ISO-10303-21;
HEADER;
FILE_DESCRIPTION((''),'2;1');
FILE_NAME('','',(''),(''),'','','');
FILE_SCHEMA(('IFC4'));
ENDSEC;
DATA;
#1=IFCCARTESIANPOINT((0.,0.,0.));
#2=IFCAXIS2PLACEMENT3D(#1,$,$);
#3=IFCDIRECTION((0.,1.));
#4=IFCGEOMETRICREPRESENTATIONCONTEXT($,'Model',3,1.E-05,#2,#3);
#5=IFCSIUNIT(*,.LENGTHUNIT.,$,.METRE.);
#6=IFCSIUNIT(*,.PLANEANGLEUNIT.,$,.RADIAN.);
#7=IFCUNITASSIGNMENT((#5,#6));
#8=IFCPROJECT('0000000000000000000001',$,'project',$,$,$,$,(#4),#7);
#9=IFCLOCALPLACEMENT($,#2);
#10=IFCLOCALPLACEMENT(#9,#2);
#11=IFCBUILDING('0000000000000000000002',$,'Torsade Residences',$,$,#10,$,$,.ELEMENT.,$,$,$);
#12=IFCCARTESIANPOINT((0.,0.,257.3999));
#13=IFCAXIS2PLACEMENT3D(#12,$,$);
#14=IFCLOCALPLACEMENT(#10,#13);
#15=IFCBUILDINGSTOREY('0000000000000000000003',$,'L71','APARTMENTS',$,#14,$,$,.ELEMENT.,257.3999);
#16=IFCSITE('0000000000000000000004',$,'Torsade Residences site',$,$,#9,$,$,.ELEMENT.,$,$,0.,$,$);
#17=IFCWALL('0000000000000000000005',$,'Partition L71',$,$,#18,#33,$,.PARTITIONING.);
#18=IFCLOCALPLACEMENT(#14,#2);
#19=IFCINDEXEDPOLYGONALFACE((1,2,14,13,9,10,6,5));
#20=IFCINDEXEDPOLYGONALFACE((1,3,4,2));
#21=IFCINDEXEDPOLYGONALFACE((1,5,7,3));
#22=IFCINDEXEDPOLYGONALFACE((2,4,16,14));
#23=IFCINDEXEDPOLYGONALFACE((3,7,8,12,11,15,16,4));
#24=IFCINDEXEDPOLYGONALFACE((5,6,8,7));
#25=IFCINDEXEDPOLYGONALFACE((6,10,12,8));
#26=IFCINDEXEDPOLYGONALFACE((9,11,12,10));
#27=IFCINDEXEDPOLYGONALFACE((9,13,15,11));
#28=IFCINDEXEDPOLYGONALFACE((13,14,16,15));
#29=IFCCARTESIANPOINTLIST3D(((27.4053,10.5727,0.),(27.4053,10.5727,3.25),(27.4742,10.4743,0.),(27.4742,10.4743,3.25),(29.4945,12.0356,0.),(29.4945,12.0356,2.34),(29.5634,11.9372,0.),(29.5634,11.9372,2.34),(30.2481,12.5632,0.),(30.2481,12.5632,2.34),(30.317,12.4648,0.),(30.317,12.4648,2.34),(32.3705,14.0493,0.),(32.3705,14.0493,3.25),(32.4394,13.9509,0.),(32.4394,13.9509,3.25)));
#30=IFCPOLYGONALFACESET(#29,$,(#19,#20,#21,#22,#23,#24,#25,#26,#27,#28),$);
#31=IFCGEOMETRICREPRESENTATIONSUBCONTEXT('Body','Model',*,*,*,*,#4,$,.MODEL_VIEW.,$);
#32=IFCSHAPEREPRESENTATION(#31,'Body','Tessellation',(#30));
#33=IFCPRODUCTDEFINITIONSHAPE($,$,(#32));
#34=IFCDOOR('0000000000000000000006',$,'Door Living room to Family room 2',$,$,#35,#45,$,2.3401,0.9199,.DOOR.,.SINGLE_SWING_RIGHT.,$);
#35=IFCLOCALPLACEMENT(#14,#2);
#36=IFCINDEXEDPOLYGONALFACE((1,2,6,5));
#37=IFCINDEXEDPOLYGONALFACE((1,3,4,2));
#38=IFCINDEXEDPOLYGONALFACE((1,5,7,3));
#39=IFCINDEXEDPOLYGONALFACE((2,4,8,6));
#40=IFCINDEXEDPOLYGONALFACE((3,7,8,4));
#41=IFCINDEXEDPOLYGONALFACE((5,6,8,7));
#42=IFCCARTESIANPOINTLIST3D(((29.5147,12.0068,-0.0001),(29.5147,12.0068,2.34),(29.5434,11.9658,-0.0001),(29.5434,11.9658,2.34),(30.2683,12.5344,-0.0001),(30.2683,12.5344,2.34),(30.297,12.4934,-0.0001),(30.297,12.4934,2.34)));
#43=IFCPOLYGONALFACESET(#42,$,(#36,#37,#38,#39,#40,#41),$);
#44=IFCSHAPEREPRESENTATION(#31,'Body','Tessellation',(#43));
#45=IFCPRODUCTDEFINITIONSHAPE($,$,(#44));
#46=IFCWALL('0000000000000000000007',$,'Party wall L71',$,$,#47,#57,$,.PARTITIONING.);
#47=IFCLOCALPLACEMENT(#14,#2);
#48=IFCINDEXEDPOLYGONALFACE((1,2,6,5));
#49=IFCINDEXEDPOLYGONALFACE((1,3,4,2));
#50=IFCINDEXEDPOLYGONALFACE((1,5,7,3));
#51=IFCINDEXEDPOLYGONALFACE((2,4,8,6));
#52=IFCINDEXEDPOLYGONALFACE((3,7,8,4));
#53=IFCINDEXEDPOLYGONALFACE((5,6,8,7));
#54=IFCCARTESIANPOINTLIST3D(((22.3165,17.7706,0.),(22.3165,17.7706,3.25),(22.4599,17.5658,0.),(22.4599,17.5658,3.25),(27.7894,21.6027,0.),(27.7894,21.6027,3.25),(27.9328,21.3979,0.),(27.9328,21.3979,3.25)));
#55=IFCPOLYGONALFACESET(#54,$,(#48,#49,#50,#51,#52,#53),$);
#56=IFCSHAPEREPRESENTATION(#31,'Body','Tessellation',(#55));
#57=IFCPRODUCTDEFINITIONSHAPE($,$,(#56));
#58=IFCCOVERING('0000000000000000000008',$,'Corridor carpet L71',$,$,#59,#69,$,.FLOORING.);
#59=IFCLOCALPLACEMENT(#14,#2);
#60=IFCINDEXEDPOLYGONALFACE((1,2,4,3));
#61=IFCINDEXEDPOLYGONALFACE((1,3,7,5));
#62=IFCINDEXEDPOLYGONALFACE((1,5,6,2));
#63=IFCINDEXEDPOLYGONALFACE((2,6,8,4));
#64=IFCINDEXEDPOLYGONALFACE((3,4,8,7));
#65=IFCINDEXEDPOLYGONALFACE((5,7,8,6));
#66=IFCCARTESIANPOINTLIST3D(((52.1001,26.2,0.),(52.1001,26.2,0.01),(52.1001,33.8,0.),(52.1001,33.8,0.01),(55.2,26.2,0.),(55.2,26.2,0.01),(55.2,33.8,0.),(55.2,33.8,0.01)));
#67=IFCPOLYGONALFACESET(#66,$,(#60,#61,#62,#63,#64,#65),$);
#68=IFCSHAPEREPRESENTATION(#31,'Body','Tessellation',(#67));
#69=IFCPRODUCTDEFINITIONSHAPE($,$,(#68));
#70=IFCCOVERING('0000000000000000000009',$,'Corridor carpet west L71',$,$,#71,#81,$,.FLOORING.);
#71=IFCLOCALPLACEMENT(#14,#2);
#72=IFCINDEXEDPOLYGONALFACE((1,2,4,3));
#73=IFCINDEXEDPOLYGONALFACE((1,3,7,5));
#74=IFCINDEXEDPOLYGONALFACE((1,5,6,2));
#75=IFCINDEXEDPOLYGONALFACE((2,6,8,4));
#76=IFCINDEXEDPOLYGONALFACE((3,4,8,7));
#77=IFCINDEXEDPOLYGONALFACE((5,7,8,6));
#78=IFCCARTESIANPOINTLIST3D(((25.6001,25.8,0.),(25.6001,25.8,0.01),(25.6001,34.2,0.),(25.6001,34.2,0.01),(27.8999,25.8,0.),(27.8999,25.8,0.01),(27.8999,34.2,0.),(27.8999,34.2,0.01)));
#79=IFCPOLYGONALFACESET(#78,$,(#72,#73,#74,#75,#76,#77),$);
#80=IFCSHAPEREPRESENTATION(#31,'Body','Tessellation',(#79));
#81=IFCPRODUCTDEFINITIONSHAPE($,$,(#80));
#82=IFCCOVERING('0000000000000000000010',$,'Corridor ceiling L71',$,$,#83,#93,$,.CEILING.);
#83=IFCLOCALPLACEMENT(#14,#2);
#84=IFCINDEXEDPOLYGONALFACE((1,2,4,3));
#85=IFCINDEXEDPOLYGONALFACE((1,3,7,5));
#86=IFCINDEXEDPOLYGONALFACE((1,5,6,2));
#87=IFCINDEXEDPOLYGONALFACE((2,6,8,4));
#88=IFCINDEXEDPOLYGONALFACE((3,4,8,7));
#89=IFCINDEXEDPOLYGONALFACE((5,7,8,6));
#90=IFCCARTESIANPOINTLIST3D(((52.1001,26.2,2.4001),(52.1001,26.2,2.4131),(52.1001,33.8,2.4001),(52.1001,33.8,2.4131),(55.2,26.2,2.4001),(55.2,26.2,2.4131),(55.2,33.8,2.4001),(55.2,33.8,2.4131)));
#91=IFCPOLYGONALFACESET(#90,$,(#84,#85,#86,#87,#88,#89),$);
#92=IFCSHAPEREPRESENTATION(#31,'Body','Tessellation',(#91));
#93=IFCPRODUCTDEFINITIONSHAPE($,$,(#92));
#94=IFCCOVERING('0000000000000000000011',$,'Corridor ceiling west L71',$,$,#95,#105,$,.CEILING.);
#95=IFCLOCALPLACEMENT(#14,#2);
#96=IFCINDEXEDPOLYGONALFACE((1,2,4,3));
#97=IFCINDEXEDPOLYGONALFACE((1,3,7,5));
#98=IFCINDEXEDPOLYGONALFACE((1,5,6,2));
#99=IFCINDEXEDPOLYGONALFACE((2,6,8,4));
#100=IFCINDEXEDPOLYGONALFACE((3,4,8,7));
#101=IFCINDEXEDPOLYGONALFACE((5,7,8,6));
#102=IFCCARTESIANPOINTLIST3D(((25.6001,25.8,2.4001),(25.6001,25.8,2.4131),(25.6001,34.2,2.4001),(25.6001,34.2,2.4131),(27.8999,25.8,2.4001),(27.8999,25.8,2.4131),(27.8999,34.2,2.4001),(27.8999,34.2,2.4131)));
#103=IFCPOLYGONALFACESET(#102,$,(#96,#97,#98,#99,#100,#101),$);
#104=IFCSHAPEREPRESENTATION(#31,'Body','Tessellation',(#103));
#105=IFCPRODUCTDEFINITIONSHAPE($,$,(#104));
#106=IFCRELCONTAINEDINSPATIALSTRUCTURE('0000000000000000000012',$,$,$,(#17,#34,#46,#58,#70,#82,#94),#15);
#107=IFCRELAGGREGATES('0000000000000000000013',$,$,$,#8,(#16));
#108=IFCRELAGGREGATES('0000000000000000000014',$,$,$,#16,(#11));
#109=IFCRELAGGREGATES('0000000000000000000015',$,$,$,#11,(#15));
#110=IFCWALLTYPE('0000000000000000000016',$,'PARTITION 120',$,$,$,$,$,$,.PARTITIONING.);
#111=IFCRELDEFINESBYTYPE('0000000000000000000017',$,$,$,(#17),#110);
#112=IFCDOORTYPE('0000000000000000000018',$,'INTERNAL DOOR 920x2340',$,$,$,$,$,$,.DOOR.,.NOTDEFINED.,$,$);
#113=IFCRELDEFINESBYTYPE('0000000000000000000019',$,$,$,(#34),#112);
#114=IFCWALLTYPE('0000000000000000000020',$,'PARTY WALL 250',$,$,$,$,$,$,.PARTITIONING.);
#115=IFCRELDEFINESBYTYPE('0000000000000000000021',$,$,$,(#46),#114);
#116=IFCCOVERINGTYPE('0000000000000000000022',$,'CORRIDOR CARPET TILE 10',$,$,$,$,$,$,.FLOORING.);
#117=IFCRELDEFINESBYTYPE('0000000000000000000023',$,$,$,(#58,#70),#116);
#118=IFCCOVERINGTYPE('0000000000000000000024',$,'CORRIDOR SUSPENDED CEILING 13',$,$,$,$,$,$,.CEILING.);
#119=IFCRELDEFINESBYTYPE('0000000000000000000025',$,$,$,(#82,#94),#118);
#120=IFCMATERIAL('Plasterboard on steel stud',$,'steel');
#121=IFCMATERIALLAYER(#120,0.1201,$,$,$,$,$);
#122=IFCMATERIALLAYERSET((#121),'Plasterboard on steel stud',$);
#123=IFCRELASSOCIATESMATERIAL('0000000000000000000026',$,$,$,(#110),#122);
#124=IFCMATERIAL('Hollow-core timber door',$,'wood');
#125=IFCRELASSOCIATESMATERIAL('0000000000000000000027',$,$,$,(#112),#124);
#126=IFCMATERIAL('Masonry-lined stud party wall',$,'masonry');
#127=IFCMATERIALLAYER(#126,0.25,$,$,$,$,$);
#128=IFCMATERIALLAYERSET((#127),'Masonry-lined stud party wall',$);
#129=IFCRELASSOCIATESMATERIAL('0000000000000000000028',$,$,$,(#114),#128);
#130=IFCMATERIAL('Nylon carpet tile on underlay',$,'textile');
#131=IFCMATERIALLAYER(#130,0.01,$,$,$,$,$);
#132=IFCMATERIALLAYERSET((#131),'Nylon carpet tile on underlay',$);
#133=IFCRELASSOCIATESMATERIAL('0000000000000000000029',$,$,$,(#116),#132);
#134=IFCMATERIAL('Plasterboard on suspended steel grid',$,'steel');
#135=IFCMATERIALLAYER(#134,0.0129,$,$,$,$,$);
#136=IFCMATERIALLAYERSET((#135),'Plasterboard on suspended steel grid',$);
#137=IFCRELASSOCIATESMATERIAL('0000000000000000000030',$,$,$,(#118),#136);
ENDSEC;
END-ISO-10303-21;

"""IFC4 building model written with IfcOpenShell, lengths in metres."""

from ifc_helpers import new_model, si_unit, direction, frame, frame_2d, origin, place, context, subcontext, project, spatial, polyline, rectangle, outline, extrude, material, layer, layer_set, type_object, element, fill, save


model = new_model("IFC4")

# Units and contexts
model_context = context("Model", 3, precision=1e-05, world=origin(), true_north=direction((0.0, 1.0)))
body_context = subcontext(model_context, "Body", "Model", "MODEL_VIEW")
ifc_project = project(units=[si_unit("LENGTHUNIT", "METRE"), si_unit("PLANEANGLEUNIT", "RADIAN")], contexts=[model_context])

# Site, building, storey
site_placement = place(None, origin())
site = spatial("IfcSite", under=ifc_project, at=site_placement, Name="Torsade Residences site", CompositionType="ELEMENT", RefElevation=0.0)
building_placement = place(site_placement, origin())
building = spatial("IfcBuilding", under=site, at=building_placement, Name="Torsade Residences", CompositionType="ELEMENT")
storey_placement = place(building_placement, frame((0.0, 0.0, 257.3999)))
storey = spatial("IfcBuildingStorey", under=building, at=storey_placement, Name="L71", Description="APARTMENTS", CompositionType="ELEMENT", Elevation=257.3999)

# Shared definitions
ifc_material_1 = material(Name="Plasterboard on steel stud", Category="steel")
ifc_layer_1 = layer(ifc_material_1, 0.1201)
ifc_layer_set_1 = layer_set([ifc_layer_1], Name="Plasterboard on steel stud")
wall_type_1 = type_object("IfcWallType", Name="PARTITION 120", PredefinedType="PARTITIONING", material=ifc_layer_set_1)

# Wall, opening, door
wall_1_placement = place(storey_placement, frame((27.4397, 10.5234, 0.0), z_axis=(0.0, 0.0, 1.0), x_axis=(0.819154, 0.573573, 0.0)))
wall_1 = element("IfcWall", 1, at=wall_1_placement, inside=storey, type_object=wall_type_1, Name="Partition L71", PredefinedType="PARTITIONING", context=body_context, shape_type="SweptSolid", body=[
    extrude(rectangle(XDim=6.0613, YDim=0.1201, at=frame_2d((3.0308, 0.0))), origin(), (0.0, 0.0, 1.0), 3.25),
])
opening_placement = place(wall_1_placement, frame((2.5505, 0.0, 0.0)))
opening = element("IfcOpeningElement", 2, at=opening_placement, cuts=wall_1, PredefinedType="OPENING", context=body_context, shape_type="SweptSolid", body=[
    extrude(rectangle(XDim=0.9199, YDim=2.3401, at=frame_2d((0.46, 1.1699))), frame((0.0, 0.0701, 0.0), z_axis=(0.0, -1.0, 0.0), x_axis=(1.0, 0.0, 0.0)), (0.0, 0.0, 1.0), 0.1401),
])
ifc_material_2 = material(Name="Hollow-core timber door", Category="wood")
door_type = type_object("IfcDoorType", Name="INTERNAL DOOR 920x2340", OperationType="NOTDEFINED", PredefinedType="DOOR", material=ifc_material_2)
door_placement = place(opening_placement, origin())
door = element("IfcDoor", 3, at=door_placement, inside=storey, type_object=door_type, Name="Door Living room to Family room 2", OperationType="SINGLE_SWING_RIGHT", OverallHeight=2.3401, OverallWidth=0.9199, PredefinedType="DOOR", context=body_context, shape_type="SweptSolid", body=[
    extrude(rectangle(XDim=0.9199, YDim=2.3401, at=frame_2d((0.46, 1.1699))), frame((0.0, 0.0249, 0.0), z_axis=(0.0, -1.0, 0.0), x_axis=(1.0, 0.0, 0.0)), (0.0, 0.0, 1.0), 0.05),
])
fill(opening, door)

# Wall
ifc_material_3 = material(Name="Masonry-lined stud party wall", Category="masonry")
ifc_layer_2 = layer(ifc_material_3, 0.25)
ifc_layer_set_2 = layer_set([ifc_layer_2], Name="Masonry-lined stud party wall")
wall_type_2 = type_object("IfcWallType", Name="PARTY WALL 250", PredefinedType="PARTITIONING", material=ifc_layer_set_2)
wall_2_placement = place(storey_placement, frame((22.3882, 17.6682, 0.0), z_axis=(0.0, 0.0, 1.0), x_axis=(0.819162, 0.573563, 0.0)))
element("IfcWall", 4, at=wall_2_placement, inside=storey, type_object=wall_type_2, Name="Party wall L71", PredefinedType="PARTITIONING", context=body_context, shape_type="SweptSolid", body=[
    extrude(rectangle(XDim=6.6812, YDim=0.25, at=frame_2d((3.3406, 0.0))), origin(), (0.0, 0.0, 1.0), 3.25),
])

# Coverings
ifc_material_4 = material(Name="Nylon carpet tile on underlay", Category="textile")
ifc_layer_3 = layer(ifc_material_4, 0.01)
ifc_layer_set_3 = layer_set([ifc_layer_3], Name="Nylon carpet tile on underlay")
covering_type_1 = type_object("IfcCoveringType", Name="CORRIDOR CARPET TILE 10", PredefinedType="FLOORING", material=ifc_layer_set_3)
covering_1_placement = place(storey_placement, origin())
element("IfcCovering", 5, at=covering_1_placement, inside=storey, type_object=covering_type_1, Name="Corridor carpet L71", PredefinedType="FLOORING", context=body_context, shape_type="SweptSolid", body=[
    extrude(outline(polyline([(55.2, 26.2), (55.2, 33.8), (52.1001, 33.8), (52.1001, 26.2), (55.2, 26.2)])), origin(), (0.0, 0.0, 1.0), 0.01),
])
covering_2_placement = place(storey_placement, origin())
element("IfcCovering", 6, at=covering_2_placement, inside=storey, type_object=covering_type_1, Name="Corridor carpet west L71", PredefinedType="FLOORING", context=body_context, shape_type="SweptSolid", body=[
    extrude(outline(polyline([(27.8999, 25.8), (27.8999, 34.2), (25.6001, 34.2), (25.6001, 25.8), (27.8999, 25.8)])), origin(), (0.0, 0.0, 1.0), 0.01),
])
ifc_material_5 = material(Name="Plasterboard on suspended steel grid", Category="steel")
ifc_layer_4 = layer(ifc_material_5, 0.0129)
ifc_layer_set_4 = layer_set([ifc_layer_4], Name="Plasterboard on suspended steel grid")
covering_type_2 = type_object("IfcCoveringType", Name="CORRIDOR SUSPENDED CEILING 13", PredefinedType="CEILING", material=ifc_layer_set_4)
covering_3_placement = place(storey_placement, frame((0.0, 0.0, 2.4001)))
element("IfcCovering", 7, at=covering_3_placement, inside=storey, type_object=covering_type_2, Name="Corridor ceiling L71", PredefinedType="CEILING", context=body_context, shape_type="SweptSolid", body=[
    extrude(outline(polyline([(55.2, 26.2), (55.2, 33.8), (52.1001, 33.8), (52.1001, 26.2), (55.2, 26.2)])), origin(), (0.0, 0.0, 1.0), 0.0129),
])
covering_4_placement = place(storey_placement, frame((0.0, 0.0, 2.4001)))
element("IfcCovering", 8, at=covering_4_placement, inside=storey, type_object=covering_type_2, Name="Corridor ceiling west L71", PredefinedType="CEILING", context=body_context, shape_type="SweptSolid", body=[
    extrude(outline(polyline([(27.8999, 25.8), (27.8999, 34.2), (25.6001, 34.2), (25.6001, 25.8), (27.8999, 25.8)])), origin(), (0.0, 0.0, 1.0), 0.0129),
])

save(model, "model.ifc")
